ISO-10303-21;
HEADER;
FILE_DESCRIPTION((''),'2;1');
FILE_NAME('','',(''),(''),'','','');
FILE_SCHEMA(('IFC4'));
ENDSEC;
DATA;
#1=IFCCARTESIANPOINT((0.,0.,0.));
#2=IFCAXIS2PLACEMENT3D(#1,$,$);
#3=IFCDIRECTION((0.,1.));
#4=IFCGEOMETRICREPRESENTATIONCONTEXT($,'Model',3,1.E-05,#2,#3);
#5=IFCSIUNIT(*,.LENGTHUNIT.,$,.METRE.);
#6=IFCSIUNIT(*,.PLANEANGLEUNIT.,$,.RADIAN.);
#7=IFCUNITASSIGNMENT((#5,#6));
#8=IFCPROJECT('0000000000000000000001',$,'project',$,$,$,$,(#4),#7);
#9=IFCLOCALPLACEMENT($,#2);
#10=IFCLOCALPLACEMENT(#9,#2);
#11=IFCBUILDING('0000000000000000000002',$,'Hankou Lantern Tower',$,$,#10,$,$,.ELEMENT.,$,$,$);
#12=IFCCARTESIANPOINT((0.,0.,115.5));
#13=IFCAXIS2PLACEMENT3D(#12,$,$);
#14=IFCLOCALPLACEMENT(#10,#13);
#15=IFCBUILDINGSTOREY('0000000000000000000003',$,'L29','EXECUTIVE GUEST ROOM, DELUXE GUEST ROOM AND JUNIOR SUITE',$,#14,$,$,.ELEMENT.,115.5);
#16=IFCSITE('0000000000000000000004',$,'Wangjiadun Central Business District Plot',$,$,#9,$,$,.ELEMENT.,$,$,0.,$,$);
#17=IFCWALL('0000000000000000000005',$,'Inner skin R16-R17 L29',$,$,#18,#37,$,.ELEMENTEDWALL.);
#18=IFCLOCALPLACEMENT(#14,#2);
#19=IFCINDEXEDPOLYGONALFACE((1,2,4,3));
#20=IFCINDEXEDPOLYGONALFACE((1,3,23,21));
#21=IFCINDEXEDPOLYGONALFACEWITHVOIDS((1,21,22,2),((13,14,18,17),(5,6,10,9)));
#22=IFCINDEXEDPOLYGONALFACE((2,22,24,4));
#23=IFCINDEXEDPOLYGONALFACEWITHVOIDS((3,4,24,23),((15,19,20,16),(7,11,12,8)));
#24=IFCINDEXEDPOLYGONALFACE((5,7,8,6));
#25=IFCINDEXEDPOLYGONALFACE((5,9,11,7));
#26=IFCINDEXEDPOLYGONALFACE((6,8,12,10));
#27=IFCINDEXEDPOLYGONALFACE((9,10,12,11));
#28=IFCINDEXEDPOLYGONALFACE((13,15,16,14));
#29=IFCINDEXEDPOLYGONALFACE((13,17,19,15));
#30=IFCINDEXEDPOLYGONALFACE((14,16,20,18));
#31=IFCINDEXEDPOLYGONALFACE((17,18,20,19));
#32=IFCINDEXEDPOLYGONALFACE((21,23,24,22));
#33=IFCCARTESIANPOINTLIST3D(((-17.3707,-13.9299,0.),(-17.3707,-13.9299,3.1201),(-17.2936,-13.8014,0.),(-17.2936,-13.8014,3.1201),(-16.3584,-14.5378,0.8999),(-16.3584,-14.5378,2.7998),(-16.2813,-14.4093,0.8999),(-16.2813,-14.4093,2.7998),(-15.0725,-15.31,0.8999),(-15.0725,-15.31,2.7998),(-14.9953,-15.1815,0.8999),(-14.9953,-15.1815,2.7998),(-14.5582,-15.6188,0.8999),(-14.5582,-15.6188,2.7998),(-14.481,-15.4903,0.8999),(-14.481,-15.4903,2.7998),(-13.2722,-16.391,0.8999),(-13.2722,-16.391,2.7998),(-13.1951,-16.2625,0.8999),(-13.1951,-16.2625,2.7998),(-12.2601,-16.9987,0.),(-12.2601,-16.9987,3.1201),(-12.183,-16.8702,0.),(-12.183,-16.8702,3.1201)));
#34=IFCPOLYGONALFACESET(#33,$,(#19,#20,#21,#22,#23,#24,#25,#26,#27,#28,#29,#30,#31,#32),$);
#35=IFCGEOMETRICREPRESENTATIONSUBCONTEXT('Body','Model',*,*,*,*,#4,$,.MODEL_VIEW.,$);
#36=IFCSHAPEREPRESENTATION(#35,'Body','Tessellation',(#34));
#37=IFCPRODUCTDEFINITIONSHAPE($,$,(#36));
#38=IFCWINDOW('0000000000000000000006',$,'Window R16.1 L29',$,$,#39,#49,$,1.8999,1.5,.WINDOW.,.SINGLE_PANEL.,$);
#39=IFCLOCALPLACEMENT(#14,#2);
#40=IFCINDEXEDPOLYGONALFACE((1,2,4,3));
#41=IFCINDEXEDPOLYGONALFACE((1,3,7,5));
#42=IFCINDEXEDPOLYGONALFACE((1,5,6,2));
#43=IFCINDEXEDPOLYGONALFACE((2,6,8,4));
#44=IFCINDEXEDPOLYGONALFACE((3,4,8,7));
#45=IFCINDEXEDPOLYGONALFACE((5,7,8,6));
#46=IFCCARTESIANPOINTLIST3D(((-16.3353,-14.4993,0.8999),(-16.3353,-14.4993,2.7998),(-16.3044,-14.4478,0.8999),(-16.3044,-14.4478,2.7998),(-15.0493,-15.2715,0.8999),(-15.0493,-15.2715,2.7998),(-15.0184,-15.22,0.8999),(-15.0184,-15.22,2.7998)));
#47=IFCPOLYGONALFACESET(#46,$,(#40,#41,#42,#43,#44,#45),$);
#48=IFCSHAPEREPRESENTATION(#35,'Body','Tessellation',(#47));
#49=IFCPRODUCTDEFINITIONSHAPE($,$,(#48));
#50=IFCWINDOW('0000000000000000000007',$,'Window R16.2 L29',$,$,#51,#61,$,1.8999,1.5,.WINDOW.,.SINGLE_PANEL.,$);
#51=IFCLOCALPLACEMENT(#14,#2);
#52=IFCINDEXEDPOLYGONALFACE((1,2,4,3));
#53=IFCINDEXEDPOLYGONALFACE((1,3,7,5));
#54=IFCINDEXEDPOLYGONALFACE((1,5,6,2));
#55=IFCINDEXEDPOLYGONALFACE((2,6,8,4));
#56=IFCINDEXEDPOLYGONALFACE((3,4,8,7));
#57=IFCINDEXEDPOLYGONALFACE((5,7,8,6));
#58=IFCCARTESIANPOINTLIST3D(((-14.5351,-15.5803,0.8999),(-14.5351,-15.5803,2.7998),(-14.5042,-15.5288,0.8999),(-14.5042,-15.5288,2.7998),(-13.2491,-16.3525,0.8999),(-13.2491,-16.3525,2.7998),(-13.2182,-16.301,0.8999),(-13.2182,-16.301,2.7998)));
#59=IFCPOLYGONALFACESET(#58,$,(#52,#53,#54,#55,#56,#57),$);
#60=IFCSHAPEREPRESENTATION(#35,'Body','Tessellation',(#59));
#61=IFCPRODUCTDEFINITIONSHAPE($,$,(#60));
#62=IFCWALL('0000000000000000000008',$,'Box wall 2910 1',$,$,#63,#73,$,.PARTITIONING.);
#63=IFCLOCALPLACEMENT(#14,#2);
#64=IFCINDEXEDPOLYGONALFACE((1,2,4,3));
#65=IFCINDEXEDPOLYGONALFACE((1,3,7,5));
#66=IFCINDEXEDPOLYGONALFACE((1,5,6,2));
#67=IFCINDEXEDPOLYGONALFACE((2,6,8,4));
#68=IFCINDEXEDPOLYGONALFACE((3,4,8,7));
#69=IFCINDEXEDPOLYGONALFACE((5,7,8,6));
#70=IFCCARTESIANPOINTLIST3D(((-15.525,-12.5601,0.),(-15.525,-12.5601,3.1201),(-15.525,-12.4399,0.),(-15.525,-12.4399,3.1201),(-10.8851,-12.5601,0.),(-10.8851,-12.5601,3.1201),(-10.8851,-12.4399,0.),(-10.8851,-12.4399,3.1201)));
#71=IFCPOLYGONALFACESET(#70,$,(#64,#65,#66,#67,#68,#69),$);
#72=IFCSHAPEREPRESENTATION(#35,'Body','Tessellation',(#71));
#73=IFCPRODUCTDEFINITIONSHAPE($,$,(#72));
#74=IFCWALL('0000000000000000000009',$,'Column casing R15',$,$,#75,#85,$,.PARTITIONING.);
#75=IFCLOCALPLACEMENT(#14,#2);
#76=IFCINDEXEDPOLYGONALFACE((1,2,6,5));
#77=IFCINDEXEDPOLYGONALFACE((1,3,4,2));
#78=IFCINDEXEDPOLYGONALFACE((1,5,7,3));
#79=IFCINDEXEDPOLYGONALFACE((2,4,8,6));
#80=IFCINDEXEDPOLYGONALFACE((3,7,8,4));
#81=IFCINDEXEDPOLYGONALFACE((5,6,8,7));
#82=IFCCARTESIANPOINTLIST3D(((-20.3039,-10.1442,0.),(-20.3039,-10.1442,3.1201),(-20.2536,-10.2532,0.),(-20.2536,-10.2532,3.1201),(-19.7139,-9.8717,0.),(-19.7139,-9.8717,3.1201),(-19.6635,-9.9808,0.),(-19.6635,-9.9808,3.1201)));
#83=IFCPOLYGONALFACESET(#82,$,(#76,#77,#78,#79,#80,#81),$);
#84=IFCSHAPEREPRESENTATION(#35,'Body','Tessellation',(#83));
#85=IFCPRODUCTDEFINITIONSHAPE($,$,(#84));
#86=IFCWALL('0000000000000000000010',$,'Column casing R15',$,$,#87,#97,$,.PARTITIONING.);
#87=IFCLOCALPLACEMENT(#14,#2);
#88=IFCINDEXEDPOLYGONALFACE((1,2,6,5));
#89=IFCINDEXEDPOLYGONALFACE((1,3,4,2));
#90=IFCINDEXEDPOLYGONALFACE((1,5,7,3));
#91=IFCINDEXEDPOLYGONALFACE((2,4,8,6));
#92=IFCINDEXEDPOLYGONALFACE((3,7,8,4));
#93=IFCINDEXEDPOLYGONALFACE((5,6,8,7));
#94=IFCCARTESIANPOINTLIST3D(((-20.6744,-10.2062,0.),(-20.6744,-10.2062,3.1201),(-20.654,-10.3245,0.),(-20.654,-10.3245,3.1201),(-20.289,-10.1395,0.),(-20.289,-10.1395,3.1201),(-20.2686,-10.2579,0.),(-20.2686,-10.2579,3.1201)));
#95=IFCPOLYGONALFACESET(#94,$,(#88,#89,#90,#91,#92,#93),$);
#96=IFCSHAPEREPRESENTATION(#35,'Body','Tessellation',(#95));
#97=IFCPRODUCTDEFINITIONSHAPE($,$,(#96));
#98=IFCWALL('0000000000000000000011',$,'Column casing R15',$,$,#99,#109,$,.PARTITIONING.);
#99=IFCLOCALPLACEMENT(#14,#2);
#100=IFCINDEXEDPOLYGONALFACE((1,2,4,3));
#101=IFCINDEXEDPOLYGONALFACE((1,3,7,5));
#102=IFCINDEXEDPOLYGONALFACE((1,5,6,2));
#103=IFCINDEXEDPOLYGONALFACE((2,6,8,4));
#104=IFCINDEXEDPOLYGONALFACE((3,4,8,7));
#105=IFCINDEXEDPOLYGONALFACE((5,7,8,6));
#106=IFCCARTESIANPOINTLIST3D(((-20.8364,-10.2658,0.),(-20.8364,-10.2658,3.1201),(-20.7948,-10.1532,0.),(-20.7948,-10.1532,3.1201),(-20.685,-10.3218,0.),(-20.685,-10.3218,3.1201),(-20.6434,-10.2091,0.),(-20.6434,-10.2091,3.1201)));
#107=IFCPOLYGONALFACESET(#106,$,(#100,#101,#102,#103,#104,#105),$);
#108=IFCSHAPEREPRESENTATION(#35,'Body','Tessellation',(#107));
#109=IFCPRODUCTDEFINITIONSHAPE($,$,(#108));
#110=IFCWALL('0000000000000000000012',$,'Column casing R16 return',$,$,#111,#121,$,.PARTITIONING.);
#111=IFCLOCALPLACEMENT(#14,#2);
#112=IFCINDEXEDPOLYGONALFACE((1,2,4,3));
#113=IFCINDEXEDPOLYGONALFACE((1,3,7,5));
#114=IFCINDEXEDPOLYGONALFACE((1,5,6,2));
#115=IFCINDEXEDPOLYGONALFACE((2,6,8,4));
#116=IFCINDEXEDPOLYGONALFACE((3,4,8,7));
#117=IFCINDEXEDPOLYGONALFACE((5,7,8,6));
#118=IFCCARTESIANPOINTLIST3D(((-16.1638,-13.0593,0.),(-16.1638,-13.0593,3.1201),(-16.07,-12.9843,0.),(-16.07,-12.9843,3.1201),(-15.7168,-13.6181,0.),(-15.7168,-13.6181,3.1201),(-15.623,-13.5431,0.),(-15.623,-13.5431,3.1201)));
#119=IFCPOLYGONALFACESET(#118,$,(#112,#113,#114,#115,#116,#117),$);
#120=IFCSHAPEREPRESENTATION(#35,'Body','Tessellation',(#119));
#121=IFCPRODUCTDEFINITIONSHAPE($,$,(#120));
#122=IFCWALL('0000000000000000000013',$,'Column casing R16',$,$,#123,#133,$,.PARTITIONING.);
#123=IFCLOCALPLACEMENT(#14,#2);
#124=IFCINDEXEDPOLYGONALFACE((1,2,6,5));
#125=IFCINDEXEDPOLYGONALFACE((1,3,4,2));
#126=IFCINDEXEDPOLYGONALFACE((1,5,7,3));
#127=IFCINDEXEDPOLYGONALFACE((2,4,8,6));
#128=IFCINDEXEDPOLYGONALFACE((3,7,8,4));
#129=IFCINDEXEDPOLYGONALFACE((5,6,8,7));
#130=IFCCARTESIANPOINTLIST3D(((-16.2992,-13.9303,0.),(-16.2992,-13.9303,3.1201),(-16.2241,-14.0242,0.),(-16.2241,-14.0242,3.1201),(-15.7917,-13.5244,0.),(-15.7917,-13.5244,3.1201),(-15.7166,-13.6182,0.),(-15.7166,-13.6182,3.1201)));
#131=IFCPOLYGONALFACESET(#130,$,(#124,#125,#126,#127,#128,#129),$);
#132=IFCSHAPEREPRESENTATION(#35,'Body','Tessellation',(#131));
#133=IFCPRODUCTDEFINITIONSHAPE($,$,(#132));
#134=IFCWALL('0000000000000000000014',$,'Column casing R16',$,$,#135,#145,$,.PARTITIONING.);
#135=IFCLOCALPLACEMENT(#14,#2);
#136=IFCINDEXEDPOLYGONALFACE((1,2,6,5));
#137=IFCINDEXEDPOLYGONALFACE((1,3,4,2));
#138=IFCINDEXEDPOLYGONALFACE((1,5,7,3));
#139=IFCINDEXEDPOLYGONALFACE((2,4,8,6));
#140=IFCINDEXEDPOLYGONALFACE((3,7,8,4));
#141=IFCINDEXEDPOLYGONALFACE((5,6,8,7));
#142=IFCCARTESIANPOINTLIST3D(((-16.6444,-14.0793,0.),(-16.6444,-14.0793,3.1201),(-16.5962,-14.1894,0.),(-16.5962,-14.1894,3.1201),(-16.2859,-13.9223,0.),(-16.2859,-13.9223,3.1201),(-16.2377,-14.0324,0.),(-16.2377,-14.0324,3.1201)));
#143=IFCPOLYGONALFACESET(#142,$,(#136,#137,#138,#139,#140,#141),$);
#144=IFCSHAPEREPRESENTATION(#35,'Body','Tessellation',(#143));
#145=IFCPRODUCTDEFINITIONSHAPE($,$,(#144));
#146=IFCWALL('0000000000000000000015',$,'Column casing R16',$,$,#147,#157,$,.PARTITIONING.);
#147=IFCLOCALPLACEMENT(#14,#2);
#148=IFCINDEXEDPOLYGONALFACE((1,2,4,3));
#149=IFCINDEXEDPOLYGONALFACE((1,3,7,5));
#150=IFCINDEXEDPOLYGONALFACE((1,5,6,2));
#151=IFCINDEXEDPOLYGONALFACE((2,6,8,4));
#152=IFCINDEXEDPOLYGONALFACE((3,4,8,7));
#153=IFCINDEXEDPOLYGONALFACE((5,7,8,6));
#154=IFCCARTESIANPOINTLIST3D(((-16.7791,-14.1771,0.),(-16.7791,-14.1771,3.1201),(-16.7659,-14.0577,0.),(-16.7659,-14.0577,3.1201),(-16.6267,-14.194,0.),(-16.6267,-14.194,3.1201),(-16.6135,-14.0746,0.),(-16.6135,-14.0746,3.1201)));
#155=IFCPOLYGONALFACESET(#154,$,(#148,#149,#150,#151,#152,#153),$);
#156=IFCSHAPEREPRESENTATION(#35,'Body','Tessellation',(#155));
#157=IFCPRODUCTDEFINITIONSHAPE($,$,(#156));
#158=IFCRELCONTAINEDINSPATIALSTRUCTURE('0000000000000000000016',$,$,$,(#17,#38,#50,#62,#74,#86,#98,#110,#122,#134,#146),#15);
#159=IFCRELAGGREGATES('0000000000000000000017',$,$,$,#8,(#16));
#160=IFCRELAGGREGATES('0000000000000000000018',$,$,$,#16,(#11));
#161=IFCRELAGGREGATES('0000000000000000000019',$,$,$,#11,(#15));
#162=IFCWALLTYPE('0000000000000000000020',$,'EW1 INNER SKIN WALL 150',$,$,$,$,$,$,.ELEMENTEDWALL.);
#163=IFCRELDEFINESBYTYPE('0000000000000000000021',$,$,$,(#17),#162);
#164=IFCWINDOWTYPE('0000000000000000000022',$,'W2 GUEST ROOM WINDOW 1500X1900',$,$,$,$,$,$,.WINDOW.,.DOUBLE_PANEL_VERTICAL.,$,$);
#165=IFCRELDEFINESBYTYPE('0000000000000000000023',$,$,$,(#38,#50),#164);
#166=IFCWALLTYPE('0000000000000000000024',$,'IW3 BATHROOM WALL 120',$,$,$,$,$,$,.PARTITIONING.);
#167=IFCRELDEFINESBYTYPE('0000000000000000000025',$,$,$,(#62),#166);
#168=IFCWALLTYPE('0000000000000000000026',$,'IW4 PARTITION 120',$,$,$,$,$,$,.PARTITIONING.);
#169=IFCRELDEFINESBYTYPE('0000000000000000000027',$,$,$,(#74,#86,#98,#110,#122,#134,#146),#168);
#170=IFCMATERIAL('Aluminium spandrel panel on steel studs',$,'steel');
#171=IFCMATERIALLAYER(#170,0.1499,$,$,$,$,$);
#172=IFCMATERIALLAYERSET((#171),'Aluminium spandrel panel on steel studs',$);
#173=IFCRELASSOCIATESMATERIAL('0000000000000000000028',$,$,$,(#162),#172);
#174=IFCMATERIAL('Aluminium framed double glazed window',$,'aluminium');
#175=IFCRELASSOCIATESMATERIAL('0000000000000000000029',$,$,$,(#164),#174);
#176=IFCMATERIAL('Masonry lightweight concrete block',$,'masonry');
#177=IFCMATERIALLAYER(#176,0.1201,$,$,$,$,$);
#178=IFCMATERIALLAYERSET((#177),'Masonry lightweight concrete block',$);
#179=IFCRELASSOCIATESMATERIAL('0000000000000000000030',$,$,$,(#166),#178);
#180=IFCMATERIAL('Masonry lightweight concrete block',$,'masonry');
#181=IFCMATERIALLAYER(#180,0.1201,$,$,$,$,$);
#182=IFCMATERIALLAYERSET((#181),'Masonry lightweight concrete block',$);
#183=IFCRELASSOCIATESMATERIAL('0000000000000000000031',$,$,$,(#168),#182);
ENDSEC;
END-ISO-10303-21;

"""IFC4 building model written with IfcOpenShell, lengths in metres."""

from ifc_helpers import new_model, si_unit, direction, frame, frame_2d, origin, place, context, subcontext, project, spatial, rectangle, extrude, material, layer, layer_set, type_object, element, fill, save


model = new_model("IFC4")

# Units and contexts
model_context = context("Model", 3, precision=1e-05, world=origin(), true_north=direction((0.0, 1.0)))
body_context = subcontext(model_context, "Body", "Model", "MODEL_VIEW")
ifc_project = project(units=[si_unit("LENGTHUNIT", "METRE"), si_unit("PLANEANGLEUNIT", "RADIAN")], contexts=[model_context])

# Site, building, storey
site_placement = place(None, origin())
site = spatial("IfcSite", under=ifc_project, at=site_placement, Name="Wangjiadun Central Business District Plot", CompositionType="ELEMENT", RefElevation=0.0)
building_placement = place(site_placement, origin())
building = spatial("IfcBuilding", under=site, at=building_placement, Name="Hankou Lantern Tower", CompositionType="ELEMENT")
storey_placement = place(building_placement, frame((0.0, 0.0, 115.5)))
storey = spatial("IfcBuildingStorey", under=building, at=storey_placement, Name="L29", Description="EXECUTIVE GUEST ROOM, DELUXE GUEST ROOM AND JUNIOR SUITE", CompositionType="ELEMENT", Elevation=115.5)

# Wall, openings, windows
ifc_material_1 = material(Name="Aluminium spandrel panel on steel studs", Category="steel")
ifc_layer_1 = layer(ifc_material_1, 0.1499)
ifc_layer_set_1 = layer_set([ifc_layer_1], Name="Aluminium spandrel panel on steel studs")
wall_type_1 = type_object("IfcWallType", Name="EW1 INNER SKIN WALL 150", PredefinedType="ELEMENTEDWALL", material=ifc_layer_set_1)
ifc_material_2 = material(Name="Aluminium framed double glazed window", Category="aluminium")
window_type = type_object("IfcWindowType", Name="W2 GUEST ROOM WINDOW 1500X1900", PartitioningType="DOUBLE_PANEL_VERTICAL", PredefinedType="WINDOW", material=ifc_material_2)
wall_1_placement = place(storey_placement, frame((-17.332, -13.8657, 0.0), z_axis=(0.0, 0.0, 1.0), x_axis=(0.857309, -0.514803, 0.0)))
wall_1 = element("IfcWall", 1, at=wall_1_placement, inside=storey, type_object=wall_type_1, Name="Inner skin R16-R17 L29", PredefinedType="ELEMENTEDWALL", context=body_context, shape_type="SweptSolid", body=[
    extrude(rectangle(XDim=5.9612, YDim=0.1499, at=frame_2d((2.9805, 0.0))), origin(), (0.0, 0.0, 1.0), 3.1201),
])
opening_1_placement = place(wall_1_placement, frame((1.1807, 0.0, 0.8999)))
opening_1 = element("IfcOpeningElement", 2, at=opening_1_placement, cuts=wall_1, PredefinedType="OPENING", context=body_context, shape_type="SweptSolid", body=[
    extrude(rectangle(XDim=1.5, YDim=1.8999, at=frame_2d((0.75, 0.95))), frame((0.0, 0.085, 0.0), z_axis=(0.0, -1.0, 0.0), x_axis=(1.0, 0.0, 0.0)), (0.0, 0.0, 1.0), 0.1699),
])
opening_2_placement = place(wall_1_placement, frame((3.2805, 0.0, 0.8999)))
opening_2 = element("IfcOpeningElement", 3, at=opening_2_placement, cuts=wall_1, PredefinedType="OPENING", context=body_context, shape_type="SweptSolid", body=[
    extrude(rectangle(XDim=1.5, YDim=1.8999, at=frame_2d((0.75, 0.95))), frame((0.0, 0.085, 0.0), z_axis=(0.0, -1.0, 0.0), x_axis=(1.0, 0.0, 0.0)), (0.0, 0.0, 1.0), 0.1699),
])
window_1_placement = place(opening_1_placement, origin())
window_1 = element("IfcWindow", 4, at=window_1_placement, inside=storey, type_object=window_type, Name="Window R16.1 L29", OverallHeight=1.8999, OverallWidth=1.5, PartitioningType="SINGLE_PANEL", PredefinedType="WINDOW", context=body_context, shape_type="SweptSolid", body=[
    extrude(rectangle(XDim=1.5, YDim=1.8999, at=frame_2d((0.75, 0.95))), frame((0.0, 0.03, 0.0), z_axis=(0.0, -1.0, 0.0), x_axis=(1.0, 0.0, 0.0)), (0.0, 0.0, 1.0), 0.0601),
])
fill(opening_1, window_1)
window_2_placement = place(opening_2_placement, origin())
window_2 = element("IfcWindow", 5, at=window_2_placement, inside=storey, type_object=window_type, Name="Window R16.2 L29", OverallHeight=1.8999, OverallWidth=1.5, PartitioningType="SINGLE_PANEL", PredefinedType="WINDOW", context=body_context, shape_type="SweptSolid", body=[
    extrude(rectangle(XDim=1.5, YDim=1.8999, at=frame_2d((0.75, 0.95))), frame((0.0, 0.03, 0.0), z_axis=(0.0, -1.0, 0.0), x_axis=(1.0, 0.0, 0.0)), (0.0, 0.0, 1.0), 0.0601),
])
fill(opening_2, window_2)

# Walls
ifc_material_3 = material(Name="Masonry lightweight concrete block", Category="masonry")
ifc_layer_2 = layer(ifc_material_3, 0.1201)
ifc_layer_set_2 = layer_set([ifc_layer_2], Name="Masonry lightweight concrete block")
wall_type_2 = type_object("IfcWallType", Name="IW3 BATHROOM WALL 120", PredefinedType="PARTITIONING", material=ifc_layer_set_2)
wall_2_placement = place(storey_placement, frame((-15.5249, -12.5, 0.0), z_axis=(0.0, 0.0, 1.0), x_axis=(1.0, 0.0, 0.0)))
element("IfcWall", 6, at=wall_2_placement, inside=storey, type_object=wall_type_2, Name="Box wall 2910 1", PredefinedType="PARTITIONING", context=body_context, shape_type="SweptSolid", body=[
    extrude(rectangle(XDim=4.6399, YDim=0.1201, at=frame_2d((2.3198, 0.0))), origin(), (0.0, 0.0, 1.0), 3.1201),
])
ifc_material_4 = material(Name="Masonry lightweight concrete block", Category="masonry")
ifc_layer_3 = layer(ifc_material_4, 0.1201)
ifc_layer_set_3 = layer_set([ifc_layer_3], Name="Masonry lightweight concrete block")
wall_type_3 = type_object("IfcWallType", Name="IW4 PARTITION 120", PredefinedType="PARTITIONING", material=ifc_layer_set_3)
wall_3_placement = place(storey_placement, frame((-19.6887, -9.9263, 0.0), z_axis=(0.0, 0.0, 1.0), x_axis=(-0.907893, -0.419201, 0.0)))
element("IfcWall", 7, at=wall_3_placement, inside=storey, type_object=wall_type_3, Name="Column casing R15", PredefinedType="PARTITIONING", context=body_context, shape_type="SweptSolid", body=[
    extrude(rectangle(XDim=0.6499, YDim=0.1201, at=frame_2d((0.325, 0.0))), origin(), (0.0, 0.0, 1.0), 3.1201),
])
wall_4_placement = place(storey_placement, frame((-20.2788, -10.1987, 0.0), z_axis=(0.0, 0.0, 1.0), x_axis=(-0.985381, -0.170367, 0.0)))
element("IfcWall", 8, at=wall_4_placement, inside=storey, type_object=wall_type_3, Name="Column casing R15", PredefinedType="PARTITIONING", context=body_context, shape_type="SweptSolid", body=[
    extrude(rectangle(XDim=0.3911, YDim=0.1201, at=frame_2d((0.1956, 0.0))), origin(), (0.0, 0.0, 1.0), 3.1201),
])
wall_5_placement = place(storey_placement, frame((-20.6643, -10.2654, 0.0), z_axis=(0.0, 0.0, 1.0), x_axis=(-0.938059, 0.346477, 0.0)))
element("IfcWall", 9, at=wall_5_placement, inside=storey, type_object=wall_type_3, Name="Column casing R15", PredefinedType="PARTITIONING", context=body_context, shape_type="SweptSolid", body=[
    extrude(rectangle(XDim=0.1614, YDim=0.1201, at=frame_2d((0.0806, 0.0))), origin(), (0.0, 0.0, 1.0), 3.1201),
])
wall_6_placement = place(storey_placement, frame((-16.1169, -13.0217, 0.0), z_axis=(0.0, 0.0, 1.0), x_axis=(0.624653, -0.780902, 0.0)))
element("IfcWall", 10, at=wall_6_placement, inside=storey, type_object=wall_type_3, Name="Column casing R16 return", PredefinedType="PARTITIONING", context=body_context, shape_type="SweptSolid", body=[
    extrude(rectangle(XDim=0.7156, YDim=0.1201, at=frame_2d((0.3579, 0.0))), origin(), (0.0, 0.0, 1.0), 3.1201),
])
wall_7_placement = place(storey_placement, frame((-15.7542, -13.5713, 0.0), z_axis=(0.0, 0.0, 1.0), x_axis=(-0.780905, -0.624649, 0.0)))
element("IfcWall", 11, at=wall_7_placement, inside=storey, type_object=wall_type_3, Name="Column casing R16", PredefinedType="PARTITIONING", context=body_context, shape_type="SweptSolid", body=[
    extrude(rectangle(XDim=0.6499, YDim=0.1201, at=frame_2d((0.325, 0.0))), origin(), (0.0, 0.0, 1.0), 3.1201),
])
wall_8_placement = place(storey_placement, frame((-16.2617, -13.9773, 0.0), z_axis=(0.0, 0.0, 1.0), x_axis=(-0.915985, -0.401212, 0.0)))
element("IfcWall", 12, at=wall_8_placement, inside=storey, type_object=wall_type_3, Name="Column casing R16", PredefinedType="PARTITIONING", context=body_context, shape_type="SweptSolid", body=[
    extrude(rectangle(XDim=0.3914, YDim=0.1201, at=frame_2d((0.1958, 0.0))), origin(), (0.0, 0.0, 1.0), 3.1201),
])
wall_9_placement = place(storey_placement, frame((-16.6201, -14.1343, 0.0), z_axis=(0.0, 0.0, 1.0), x_axis=(-0.993942, 0.109907, 0.0)))
element("IfcWall", 13, at=wall_9_placement, inside=storey, type_object=wall_type_3, Name="Column casing R16", PredefinedType="PARTITIONING", context=body_context, shape_type="SweptSolid", body=[
    extrude(rectangle(XDim=0.1533, YDim=0.1201, at=frame_2d((0.0767, 0.0))), origin(), (0.0, 0.0, 1.0), 3.1201),
])

save(model, "model.ifc")
